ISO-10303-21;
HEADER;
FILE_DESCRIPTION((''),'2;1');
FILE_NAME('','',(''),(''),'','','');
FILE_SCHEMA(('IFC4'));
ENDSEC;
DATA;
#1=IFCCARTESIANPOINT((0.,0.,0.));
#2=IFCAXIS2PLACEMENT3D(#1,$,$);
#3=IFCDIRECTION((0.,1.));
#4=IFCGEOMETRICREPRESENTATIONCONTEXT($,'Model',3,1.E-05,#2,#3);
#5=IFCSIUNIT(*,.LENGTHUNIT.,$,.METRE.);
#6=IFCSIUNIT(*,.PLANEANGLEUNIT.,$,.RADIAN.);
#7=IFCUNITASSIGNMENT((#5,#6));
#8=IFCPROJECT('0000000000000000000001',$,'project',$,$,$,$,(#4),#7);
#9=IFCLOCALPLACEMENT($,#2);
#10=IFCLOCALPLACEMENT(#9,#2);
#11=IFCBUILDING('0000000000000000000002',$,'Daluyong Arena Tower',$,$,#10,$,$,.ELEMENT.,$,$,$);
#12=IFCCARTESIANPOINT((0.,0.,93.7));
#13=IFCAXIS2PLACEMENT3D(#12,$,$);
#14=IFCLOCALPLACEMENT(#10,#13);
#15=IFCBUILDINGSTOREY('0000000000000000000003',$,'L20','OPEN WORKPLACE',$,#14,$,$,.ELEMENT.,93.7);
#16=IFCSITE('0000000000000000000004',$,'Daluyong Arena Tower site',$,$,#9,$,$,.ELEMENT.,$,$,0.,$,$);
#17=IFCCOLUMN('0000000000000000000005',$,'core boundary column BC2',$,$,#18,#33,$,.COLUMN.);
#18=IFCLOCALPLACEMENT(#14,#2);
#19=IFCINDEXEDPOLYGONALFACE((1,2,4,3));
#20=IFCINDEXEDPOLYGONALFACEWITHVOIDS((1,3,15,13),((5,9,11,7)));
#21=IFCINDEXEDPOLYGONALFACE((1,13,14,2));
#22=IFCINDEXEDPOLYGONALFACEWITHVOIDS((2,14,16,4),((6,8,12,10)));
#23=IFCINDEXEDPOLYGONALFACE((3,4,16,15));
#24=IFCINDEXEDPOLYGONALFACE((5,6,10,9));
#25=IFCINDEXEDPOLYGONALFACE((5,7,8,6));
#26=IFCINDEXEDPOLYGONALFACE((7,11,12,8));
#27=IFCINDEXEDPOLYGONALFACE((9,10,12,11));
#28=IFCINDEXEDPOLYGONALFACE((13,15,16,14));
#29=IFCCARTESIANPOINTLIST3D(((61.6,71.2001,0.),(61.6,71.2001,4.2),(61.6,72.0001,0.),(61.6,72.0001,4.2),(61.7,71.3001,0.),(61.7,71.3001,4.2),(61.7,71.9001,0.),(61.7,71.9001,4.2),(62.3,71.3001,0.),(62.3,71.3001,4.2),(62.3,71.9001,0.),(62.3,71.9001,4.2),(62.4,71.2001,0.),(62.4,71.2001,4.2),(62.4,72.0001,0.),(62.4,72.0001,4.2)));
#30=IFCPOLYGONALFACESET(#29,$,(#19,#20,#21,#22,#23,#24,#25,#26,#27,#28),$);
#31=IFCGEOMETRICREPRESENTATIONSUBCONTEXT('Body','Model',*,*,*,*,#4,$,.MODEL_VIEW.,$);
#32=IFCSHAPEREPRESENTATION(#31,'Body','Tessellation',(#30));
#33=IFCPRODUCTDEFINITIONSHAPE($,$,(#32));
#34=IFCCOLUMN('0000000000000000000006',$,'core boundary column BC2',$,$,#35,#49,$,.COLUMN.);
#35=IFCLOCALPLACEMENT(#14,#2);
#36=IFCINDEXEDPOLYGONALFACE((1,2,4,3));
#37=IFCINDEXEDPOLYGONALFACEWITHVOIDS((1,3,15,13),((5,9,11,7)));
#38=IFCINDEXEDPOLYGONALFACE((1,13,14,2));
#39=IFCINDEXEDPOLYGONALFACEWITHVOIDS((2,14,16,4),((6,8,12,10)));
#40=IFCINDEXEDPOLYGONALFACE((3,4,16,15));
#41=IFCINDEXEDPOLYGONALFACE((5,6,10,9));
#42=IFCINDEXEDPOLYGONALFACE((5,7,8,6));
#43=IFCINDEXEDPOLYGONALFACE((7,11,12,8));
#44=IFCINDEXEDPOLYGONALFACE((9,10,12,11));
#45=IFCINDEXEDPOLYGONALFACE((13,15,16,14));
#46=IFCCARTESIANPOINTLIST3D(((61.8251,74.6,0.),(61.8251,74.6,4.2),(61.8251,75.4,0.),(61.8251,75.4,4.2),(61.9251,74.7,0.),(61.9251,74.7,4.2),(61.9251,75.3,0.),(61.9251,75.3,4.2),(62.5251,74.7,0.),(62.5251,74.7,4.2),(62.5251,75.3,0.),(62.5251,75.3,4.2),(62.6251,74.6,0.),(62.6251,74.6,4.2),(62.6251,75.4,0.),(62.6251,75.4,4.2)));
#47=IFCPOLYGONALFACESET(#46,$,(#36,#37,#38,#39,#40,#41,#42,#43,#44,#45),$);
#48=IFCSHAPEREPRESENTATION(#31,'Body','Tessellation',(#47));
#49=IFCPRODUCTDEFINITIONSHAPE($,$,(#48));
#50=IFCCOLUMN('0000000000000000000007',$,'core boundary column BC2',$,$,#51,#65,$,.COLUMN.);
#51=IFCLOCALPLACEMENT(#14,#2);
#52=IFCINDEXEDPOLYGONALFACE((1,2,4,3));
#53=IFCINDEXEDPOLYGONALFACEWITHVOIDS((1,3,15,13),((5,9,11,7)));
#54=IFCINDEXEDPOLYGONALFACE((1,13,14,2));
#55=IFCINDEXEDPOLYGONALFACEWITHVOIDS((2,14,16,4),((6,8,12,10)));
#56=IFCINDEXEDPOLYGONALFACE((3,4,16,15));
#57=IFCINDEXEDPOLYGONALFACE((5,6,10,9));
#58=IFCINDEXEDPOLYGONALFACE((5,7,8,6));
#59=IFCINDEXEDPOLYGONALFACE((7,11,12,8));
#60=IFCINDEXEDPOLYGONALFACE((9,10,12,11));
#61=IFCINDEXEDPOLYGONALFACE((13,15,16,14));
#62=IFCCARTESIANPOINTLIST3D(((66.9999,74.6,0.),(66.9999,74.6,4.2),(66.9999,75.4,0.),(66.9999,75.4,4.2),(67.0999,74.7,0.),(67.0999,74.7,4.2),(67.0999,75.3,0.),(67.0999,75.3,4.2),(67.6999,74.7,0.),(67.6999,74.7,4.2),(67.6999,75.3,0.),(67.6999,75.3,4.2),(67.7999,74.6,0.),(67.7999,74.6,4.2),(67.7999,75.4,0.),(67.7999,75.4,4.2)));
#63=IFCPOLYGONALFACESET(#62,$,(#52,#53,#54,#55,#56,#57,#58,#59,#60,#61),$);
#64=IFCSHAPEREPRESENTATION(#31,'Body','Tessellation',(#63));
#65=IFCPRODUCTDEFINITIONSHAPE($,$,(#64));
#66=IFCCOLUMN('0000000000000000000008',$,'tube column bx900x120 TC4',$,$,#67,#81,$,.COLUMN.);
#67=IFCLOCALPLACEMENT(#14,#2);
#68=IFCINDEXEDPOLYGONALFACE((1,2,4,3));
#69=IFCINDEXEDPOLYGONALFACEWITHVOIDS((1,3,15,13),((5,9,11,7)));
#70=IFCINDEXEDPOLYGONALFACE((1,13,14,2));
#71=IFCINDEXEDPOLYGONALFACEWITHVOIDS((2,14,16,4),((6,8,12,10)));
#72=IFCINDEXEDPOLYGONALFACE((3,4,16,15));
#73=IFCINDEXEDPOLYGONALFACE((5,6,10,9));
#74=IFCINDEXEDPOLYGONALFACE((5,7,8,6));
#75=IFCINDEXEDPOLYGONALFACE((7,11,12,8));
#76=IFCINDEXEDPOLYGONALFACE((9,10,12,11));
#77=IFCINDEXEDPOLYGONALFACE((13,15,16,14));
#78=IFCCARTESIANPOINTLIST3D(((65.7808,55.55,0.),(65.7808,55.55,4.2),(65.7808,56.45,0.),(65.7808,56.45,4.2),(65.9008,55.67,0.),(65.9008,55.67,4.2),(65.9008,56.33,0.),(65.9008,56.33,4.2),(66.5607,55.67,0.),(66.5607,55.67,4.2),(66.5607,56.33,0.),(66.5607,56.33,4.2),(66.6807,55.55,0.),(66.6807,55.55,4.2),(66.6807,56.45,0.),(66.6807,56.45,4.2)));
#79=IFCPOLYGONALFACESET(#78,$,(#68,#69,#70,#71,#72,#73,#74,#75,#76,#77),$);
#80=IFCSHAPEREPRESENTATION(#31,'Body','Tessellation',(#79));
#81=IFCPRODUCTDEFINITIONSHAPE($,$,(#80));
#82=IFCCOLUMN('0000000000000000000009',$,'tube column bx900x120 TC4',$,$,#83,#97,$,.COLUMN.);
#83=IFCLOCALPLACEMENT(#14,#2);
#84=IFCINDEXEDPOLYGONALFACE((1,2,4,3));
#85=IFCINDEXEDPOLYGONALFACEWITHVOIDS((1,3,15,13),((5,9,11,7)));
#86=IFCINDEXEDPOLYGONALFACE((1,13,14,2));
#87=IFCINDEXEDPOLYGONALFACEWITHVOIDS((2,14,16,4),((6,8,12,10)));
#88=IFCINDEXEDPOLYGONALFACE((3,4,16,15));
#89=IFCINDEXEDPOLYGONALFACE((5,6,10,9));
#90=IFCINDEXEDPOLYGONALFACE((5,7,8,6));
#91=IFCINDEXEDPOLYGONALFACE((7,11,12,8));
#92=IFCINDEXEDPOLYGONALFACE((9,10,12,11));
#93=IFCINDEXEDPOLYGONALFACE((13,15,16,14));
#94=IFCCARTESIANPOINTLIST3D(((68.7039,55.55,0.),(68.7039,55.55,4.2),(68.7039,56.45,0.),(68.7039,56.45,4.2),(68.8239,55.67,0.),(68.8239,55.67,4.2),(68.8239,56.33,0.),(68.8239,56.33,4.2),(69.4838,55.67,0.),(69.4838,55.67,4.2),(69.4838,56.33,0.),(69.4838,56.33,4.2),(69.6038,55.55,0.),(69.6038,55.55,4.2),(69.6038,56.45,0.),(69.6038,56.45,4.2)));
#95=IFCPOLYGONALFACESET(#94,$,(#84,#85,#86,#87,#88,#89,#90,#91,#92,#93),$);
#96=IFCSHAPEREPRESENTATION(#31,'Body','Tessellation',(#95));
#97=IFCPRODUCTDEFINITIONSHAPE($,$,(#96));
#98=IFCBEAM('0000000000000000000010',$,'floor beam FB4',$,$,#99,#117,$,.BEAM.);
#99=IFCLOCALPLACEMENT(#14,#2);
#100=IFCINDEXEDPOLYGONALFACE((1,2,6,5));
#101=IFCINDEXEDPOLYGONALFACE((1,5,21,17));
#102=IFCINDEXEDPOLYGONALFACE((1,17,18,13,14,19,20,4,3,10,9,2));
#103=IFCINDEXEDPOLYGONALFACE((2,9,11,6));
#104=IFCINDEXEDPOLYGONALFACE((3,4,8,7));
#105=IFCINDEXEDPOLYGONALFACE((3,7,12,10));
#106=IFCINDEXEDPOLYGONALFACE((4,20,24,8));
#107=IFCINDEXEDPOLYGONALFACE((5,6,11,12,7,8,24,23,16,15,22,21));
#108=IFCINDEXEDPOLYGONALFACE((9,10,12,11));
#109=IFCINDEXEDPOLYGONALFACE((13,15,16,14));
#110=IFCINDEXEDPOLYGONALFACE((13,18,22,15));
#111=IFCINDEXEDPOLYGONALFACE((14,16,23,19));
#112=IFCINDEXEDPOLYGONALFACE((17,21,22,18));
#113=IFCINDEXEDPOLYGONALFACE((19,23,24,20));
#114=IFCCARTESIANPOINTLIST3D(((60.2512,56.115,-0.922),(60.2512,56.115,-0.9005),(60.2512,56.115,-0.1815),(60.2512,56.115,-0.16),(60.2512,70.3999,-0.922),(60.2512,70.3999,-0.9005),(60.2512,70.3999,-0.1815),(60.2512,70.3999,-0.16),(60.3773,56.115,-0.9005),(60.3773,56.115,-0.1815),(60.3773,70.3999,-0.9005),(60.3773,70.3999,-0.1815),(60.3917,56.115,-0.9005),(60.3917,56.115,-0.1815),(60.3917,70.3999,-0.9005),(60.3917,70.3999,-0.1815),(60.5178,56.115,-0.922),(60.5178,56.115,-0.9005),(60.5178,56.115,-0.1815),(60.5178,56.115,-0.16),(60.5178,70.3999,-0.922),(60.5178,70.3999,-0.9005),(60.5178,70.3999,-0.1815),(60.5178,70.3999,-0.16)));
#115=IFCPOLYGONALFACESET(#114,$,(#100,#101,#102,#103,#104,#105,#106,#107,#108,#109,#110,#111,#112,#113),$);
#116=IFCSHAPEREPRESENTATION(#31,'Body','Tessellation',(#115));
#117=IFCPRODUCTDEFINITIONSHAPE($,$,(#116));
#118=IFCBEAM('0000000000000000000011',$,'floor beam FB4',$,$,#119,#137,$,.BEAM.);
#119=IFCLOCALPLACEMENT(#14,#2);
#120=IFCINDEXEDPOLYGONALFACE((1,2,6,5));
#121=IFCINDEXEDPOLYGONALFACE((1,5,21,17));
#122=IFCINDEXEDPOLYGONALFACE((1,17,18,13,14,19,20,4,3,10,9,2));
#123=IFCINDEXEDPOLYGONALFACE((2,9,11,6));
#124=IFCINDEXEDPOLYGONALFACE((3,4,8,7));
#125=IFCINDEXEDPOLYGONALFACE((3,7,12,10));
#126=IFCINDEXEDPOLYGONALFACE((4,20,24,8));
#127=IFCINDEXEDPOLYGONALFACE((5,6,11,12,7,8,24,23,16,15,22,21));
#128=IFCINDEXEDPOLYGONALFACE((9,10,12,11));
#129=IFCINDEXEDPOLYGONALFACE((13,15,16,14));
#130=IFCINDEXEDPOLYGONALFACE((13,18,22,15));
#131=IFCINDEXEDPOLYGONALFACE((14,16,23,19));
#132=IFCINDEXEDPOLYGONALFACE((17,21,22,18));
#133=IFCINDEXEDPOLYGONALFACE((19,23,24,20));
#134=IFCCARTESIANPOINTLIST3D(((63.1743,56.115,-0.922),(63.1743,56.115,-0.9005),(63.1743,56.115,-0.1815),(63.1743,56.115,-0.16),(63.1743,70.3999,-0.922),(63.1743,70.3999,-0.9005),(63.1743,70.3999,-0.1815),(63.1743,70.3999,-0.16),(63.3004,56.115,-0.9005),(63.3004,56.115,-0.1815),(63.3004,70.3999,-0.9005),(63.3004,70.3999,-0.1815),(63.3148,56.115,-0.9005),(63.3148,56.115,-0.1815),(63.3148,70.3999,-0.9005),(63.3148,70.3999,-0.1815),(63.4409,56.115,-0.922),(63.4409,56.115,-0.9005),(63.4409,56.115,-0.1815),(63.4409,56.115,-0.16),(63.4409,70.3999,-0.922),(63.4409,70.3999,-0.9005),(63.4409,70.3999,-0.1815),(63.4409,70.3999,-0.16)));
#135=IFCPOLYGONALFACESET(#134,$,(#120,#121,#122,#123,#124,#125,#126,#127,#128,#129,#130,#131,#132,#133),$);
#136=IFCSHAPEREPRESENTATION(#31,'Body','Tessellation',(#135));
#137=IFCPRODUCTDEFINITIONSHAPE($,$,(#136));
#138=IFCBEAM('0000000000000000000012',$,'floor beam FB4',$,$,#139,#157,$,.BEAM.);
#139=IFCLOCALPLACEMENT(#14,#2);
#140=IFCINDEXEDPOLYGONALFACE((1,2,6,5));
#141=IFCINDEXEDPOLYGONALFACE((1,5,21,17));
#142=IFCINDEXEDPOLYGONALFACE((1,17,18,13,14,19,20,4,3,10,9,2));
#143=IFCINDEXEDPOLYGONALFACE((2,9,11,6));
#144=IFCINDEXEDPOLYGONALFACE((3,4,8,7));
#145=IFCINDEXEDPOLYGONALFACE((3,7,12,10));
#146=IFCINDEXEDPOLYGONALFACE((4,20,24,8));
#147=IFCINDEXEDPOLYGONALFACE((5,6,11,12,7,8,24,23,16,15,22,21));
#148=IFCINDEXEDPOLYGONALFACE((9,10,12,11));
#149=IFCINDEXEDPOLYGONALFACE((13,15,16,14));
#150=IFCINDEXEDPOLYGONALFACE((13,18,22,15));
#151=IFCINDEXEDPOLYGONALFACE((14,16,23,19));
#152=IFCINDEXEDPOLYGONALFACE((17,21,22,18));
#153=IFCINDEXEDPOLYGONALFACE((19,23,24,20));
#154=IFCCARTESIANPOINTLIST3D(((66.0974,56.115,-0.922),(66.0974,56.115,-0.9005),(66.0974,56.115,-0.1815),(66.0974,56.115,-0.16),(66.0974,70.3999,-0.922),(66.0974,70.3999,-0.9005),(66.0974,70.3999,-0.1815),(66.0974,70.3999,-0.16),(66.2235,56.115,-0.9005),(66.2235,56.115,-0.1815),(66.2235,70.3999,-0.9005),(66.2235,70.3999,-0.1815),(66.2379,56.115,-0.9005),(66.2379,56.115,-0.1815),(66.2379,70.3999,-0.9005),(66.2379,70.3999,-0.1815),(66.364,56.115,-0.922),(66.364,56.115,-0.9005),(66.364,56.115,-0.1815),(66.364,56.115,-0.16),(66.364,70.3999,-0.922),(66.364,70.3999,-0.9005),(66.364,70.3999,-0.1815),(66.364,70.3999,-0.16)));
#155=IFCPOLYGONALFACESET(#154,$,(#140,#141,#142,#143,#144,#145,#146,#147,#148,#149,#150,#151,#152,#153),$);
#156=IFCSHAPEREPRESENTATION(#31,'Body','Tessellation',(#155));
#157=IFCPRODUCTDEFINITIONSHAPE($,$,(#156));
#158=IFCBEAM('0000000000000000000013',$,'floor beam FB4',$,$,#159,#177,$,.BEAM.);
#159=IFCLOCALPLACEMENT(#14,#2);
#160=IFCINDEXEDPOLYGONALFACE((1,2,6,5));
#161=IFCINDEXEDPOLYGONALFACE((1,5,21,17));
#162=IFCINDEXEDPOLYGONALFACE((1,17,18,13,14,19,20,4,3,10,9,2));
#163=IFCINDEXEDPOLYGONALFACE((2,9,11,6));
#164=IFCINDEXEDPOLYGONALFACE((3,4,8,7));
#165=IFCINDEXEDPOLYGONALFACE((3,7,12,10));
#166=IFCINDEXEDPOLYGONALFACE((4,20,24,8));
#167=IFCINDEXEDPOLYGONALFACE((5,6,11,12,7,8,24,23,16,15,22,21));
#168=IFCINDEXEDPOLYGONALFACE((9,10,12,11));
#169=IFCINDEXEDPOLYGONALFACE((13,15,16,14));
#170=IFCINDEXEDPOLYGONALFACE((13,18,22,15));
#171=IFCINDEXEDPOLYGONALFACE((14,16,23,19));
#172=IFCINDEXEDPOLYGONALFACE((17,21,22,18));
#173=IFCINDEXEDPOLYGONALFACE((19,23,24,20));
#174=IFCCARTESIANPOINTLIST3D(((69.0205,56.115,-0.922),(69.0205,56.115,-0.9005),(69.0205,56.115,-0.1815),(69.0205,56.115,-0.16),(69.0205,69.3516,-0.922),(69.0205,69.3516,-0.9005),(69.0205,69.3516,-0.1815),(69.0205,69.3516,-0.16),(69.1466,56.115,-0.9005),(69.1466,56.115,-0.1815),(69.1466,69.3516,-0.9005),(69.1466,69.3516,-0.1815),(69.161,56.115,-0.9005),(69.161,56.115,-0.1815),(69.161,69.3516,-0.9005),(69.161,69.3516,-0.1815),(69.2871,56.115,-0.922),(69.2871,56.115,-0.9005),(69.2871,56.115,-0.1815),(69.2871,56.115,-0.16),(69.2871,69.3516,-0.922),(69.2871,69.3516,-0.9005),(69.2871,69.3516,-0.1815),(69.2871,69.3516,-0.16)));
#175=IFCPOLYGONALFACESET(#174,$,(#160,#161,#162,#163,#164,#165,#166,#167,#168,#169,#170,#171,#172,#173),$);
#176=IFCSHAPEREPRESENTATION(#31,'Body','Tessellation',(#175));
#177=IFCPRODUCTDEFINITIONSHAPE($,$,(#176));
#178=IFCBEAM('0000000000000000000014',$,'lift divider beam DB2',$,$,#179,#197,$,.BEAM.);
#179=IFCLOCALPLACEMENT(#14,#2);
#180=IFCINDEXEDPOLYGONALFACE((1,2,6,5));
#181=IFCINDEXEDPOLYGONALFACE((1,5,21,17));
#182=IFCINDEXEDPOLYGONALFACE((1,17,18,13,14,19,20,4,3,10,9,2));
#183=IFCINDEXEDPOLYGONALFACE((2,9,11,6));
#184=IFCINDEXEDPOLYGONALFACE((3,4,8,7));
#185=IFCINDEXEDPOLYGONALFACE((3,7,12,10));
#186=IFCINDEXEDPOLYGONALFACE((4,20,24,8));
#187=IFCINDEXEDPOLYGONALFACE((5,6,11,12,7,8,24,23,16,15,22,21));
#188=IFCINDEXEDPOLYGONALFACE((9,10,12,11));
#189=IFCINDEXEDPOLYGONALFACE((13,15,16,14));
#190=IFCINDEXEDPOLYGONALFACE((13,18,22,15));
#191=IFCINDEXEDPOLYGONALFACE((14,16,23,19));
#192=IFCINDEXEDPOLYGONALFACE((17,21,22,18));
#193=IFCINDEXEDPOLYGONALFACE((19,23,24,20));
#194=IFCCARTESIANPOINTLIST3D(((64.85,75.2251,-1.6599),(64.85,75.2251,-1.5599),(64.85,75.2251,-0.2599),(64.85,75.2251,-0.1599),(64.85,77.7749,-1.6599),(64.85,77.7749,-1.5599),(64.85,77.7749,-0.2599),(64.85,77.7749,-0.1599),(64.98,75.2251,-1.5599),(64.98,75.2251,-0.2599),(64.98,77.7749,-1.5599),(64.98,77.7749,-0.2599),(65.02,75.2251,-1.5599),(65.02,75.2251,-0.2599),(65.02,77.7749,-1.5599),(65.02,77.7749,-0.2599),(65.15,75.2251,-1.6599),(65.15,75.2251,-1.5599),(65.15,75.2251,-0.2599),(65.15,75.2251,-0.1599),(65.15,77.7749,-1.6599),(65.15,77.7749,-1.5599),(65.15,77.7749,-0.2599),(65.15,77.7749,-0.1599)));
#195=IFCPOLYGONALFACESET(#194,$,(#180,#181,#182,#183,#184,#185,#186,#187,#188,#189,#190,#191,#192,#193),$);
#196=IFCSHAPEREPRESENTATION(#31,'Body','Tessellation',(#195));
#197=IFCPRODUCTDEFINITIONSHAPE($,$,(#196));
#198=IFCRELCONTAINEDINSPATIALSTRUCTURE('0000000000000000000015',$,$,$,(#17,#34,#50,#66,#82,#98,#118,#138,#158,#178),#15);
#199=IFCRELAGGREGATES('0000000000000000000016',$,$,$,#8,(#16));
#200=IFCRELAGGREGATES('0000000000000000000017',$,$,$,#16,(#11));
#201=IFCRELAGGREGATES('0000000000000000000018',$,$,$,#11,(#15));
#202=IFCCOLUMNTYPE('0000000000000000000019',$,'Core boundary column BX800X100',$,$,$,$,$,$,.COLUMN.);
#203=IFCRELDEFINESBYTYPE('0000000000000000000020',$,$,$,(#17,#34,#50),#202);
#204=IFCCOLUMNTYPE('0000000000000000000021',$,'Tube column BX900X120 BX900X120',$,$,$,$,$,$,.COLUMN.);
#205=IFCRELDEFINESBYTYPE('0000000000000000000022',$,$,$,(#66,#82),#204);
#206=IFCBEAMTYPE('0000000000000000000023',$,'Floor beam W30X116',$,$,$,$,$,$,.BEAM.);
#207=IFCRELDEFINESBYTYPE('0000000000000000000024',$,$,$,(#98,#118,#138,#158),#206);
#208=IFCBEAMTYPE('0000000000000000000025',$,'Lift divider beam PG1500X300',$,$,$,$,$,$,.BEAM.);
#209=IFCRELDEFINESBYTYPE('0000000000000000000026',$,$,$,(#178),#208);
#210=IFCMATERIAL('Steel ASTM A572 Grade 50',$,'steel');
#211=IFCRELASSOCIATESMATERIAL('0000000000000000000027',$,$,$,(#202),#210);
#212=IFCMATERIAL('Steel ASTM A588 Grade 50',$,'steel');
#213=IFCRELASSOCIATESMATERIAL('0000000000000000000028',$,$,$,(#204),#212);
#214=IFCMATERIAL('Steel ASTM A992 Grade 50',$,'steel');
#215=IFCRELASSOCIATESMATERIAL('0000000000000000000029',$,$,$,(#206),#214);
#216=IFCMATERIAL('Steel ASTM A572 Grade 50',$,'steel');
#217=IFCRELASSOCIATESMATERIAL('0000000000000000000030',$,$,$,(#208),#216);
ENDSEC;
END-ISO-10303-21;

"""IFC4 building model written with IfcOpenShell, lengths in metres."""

from ifc_helpers import new_model, si_unit, direction, frame, origin, origin_2d, place, context, subcontext, project, spatial, hollow_rectangle, i_section, extrude, material, material_profile, profile_set, type_object, element, save


model = new_model("IFC4")

# Units and contexts
model_context = context("Model", 3, precision=1e-05, world=origin(), true_north=direction((0.0, 1.0)))
body_context = subcontext(model_context, "Body", "Model", "MODEL_VIEW")
ifc_project = project(units=[si_unit("LENGTHUNIT", "METRE"), si_unit("PLANEANGLEUNIT", "RADIAN")], contexts=[model_context])

# Site, building, storey
site_placement = place(None, origin())
site = spatial("IfcSite", under=ifc_project, at=site_placement, Name="Daluyong Arena Tower site", CompositionType="ELEMENT", RefElevation=0.0)
building_placement = place(site_placement, origin())
building = spatial("IfcBuilding", under=site, at=building_placement, Name="Daluyong Arena Tower", CompositionType="ELEMENT")
storey_placement = place(building_placement, frame((0.0, 0.0, 93.7)))
storey = spatial("IfcBuildingStorey", under=building, at=storey_placement, Name="L20", Description="OPEN WORKPLACE", CompositionType="ELEMENT", Elevation=93.7)

# Columns
ifc_material_1 = material(Name="Steel ASTM A572 Grade 50", Category="steel")
ifc_material_profile_1 = material_profile(ifc_material_1, hollow_rectangle(XDim=0.8, YDim=0.8, WallThickness=0.1, at=origin_2d()))
ifc_profile_set_1 = profile_set([ifc_material_profile_1], Name="Steel ASTM A572 Grade 50")
column_type_1 = type_object("IfcColumnType", Name="Core boundary column BX800X100", PredefinedType="COLUMN", material=ifc_profile_set_1)
for number, where, z_axis, x_axis, name in (
    (1, (62.0, 71.6001, 0.0), (0.0, 0.0, 1.0), (1.0, 0.0, 0.0), "core boundary column BC2"),
    (2, (62.2251, 75.0, 0.0), (0.0, 0.0, 1.0), (1.0, 0.0, 0.0), "core boundary column BC2"),
    (3, (67.3999, 75.0, 0.0), (0.0, 0.0, 1.0), (1.0, 0.0, 0.0), "core boundary column BC2"),
):
    element("IfcColumn", number, at=place(storey_placement, frame(where, z_axis=z_axis, x_axis=x_axis)), inside=storey, type_object=column_type_1, Name=name, PredefinedType="COLUMN", context=body_context, shape_type="SweptSolid", body=[
        extrude(hollow_rectangle(XDim=0.8, YDim=0.8, WallThickness=0.1, at=origin_2d()), origin(), (0.0, 0.0, 1.0), 4.2),
    ])
ifc_material_2 = material(Name="Steel ASTM A588 Grade 50", Category="steel")
ifc_material_profile_2 = material_profile(ifc_material_2, hollow_rectangle(XDim=0.8999, YDim=0.8999, WallThickness=0.12, at=origin_2d()))
ifc_profile_set_2 = profile_set([ifc_material_profile_2], Name="Steel ASTM A588 Grade 50")
column_type_2 = type_object("IfcColumnType", Name="Tube column BX900X120 BX900X120", PredefinedType="COLUMN", material=ifc_profile_set_2)
for number, where, z_axis, x_axis, name in (
    (4, (66.2307, 56.0, 0.0), (0.0, 0.0, 1.0), (1.0, 0.0, 0.0), "tube column bx900x120 TC4"),
    (5, (69.1538, 56.0, 0.0), (0.0, 0.0, 1.0), (1.0, 0.0, 0.0), "tube column bx900x120 TC4"),
):
    element("IfcColumn", number, at=place(storey_placement, frame(where, z_axis=z_axis, x_axis=x_axis)), inside=storey, type_object=column_type_2, Name=name, PredefinedType="COLUMN", context=body_context, shape_type="SweptSolid", body=[
        extrude(hollow_rectangle(XDim=0.8999, YDim=0.8999, WallThickness=0.12, at=origin_2d()), origin(), (0.0, 0.0, 1.0), 4.2),
    ])

# Beams
ifc_material_3 = material(Name="Steel ASTM A992 Grade 50", Category="steel")
ifc_material_profile_3 = material_profile(ifc_material_3, i_section(OverallWidth=0.2666, OverallDepth=0.762, WebThickness=0.0144, FlangeThickness=0.0215, at=origin_2d()))
ifc_profile_set_3 = profile_set([ifc_material_profile_3], Name="Steel ASTM A992 Grade 50")
beam_type_1 = type_object("IfcBeamType", Name="Floor beam W30X116", PredefinedType="BEAM", material=ifc_profile_set_3)
for number, where, z_axis, x_axis, name in (
    (6, (60.3845, 56.115, -0.541), (0.0, 1.0, 0.0), (-1.0, 0.0, 0.0), "floor beam FB4"),
    (7, (63.3076, 56.115, -0.541), (0.0, 1.0, 0.0), (-1.0, 0.0, 0.0), "floor beam FB4"),
    (8, (66.2307, 56.115, -0.541), (0.0, 1.0, 0.0), (-1.0, 0.0, 0.0), "floor beam FB4"),
):
    element("IfcBeam", number, at=place(storey_placement, frame(where, z_axis=z_axis, x_axis=x_axis)), inside=storey, type_object=beam_type_1, Name=name, PredefinedType="BEAM", context=body_context, shape_type="SweptSolid", body=[
        extrude(i_section(OverallWidth=0.2666, OverallDepth=0.762, WebThickness=0.0144, FlangeThickness=0.0215, at=origin_2d()), origin(), (0.0, 0.0, 1.0), 14.2849),
    ])
beam_1_placement = place(storey_placement, frame((69.1538, 56.115, -0.541), z_axis=(0.0, 1.0, 0.0), x_axis=(-1.0, 0.0, 0.0)))
element("IfcBeam", 9, at=beam_1_placement, inside=storey, type_object=beam_type_1, Name="floor beam FB4", PredefinedType="BEAM", context=body_context, shape_type="SweptSolid", body=[
    extrude(i_section(OverallWidth=0.2666, OverallDepth=0.762, WebThickness=0.0144, FlangeThickness=0.0215, at=origin_2d()), origin(), (0.0, 0.0, 1.0), 13.2366),
])
ifc_material_4 = material(Name="Steel ASTM A572 Grade 50", Category="steel")
ifc_material_profile_4 = material_profile(ifc_material_4, i_section(OverallWidth=0.3, OverallDepth=1.5, WebThickness=0.04, FlangeThickness=0.1, at=origin_2d()))
ifc_profile_set_4 = profile_set([ifc_material_profile_4], Name="Steel ASTM A572 Grade 50")
beam_type_2 = type_object("IfcBeamType", Name="Lift divider beam PG1500X300", PredefinedType="BEAM", material=ifc_profile_set_4)
beam_2_placement = place(storey_placement, frame((65.0, 75.2251, -0.9099), z_axis=(0.0, 1.0, 0.0), x_axis=(-1.0, 0.0, 0.0)))
element("IfcBeam", 10, at=beam_2_placement, inside=storey, type_object=beam_type_2, Name="lift divider beam DB2", PredefinedType="BEAM", context=body_context, shape_type="SweptSolid", body=[
    extrude(i_section(OverallWidth=0.3, OverallDepth=1.5, WebThickness=0.04, FlangeThickness=0.1, at=origin_2d()), origin(), (0.0, 0.0, 1.0), 2.5498),
])

save(model, "model.ifc")
